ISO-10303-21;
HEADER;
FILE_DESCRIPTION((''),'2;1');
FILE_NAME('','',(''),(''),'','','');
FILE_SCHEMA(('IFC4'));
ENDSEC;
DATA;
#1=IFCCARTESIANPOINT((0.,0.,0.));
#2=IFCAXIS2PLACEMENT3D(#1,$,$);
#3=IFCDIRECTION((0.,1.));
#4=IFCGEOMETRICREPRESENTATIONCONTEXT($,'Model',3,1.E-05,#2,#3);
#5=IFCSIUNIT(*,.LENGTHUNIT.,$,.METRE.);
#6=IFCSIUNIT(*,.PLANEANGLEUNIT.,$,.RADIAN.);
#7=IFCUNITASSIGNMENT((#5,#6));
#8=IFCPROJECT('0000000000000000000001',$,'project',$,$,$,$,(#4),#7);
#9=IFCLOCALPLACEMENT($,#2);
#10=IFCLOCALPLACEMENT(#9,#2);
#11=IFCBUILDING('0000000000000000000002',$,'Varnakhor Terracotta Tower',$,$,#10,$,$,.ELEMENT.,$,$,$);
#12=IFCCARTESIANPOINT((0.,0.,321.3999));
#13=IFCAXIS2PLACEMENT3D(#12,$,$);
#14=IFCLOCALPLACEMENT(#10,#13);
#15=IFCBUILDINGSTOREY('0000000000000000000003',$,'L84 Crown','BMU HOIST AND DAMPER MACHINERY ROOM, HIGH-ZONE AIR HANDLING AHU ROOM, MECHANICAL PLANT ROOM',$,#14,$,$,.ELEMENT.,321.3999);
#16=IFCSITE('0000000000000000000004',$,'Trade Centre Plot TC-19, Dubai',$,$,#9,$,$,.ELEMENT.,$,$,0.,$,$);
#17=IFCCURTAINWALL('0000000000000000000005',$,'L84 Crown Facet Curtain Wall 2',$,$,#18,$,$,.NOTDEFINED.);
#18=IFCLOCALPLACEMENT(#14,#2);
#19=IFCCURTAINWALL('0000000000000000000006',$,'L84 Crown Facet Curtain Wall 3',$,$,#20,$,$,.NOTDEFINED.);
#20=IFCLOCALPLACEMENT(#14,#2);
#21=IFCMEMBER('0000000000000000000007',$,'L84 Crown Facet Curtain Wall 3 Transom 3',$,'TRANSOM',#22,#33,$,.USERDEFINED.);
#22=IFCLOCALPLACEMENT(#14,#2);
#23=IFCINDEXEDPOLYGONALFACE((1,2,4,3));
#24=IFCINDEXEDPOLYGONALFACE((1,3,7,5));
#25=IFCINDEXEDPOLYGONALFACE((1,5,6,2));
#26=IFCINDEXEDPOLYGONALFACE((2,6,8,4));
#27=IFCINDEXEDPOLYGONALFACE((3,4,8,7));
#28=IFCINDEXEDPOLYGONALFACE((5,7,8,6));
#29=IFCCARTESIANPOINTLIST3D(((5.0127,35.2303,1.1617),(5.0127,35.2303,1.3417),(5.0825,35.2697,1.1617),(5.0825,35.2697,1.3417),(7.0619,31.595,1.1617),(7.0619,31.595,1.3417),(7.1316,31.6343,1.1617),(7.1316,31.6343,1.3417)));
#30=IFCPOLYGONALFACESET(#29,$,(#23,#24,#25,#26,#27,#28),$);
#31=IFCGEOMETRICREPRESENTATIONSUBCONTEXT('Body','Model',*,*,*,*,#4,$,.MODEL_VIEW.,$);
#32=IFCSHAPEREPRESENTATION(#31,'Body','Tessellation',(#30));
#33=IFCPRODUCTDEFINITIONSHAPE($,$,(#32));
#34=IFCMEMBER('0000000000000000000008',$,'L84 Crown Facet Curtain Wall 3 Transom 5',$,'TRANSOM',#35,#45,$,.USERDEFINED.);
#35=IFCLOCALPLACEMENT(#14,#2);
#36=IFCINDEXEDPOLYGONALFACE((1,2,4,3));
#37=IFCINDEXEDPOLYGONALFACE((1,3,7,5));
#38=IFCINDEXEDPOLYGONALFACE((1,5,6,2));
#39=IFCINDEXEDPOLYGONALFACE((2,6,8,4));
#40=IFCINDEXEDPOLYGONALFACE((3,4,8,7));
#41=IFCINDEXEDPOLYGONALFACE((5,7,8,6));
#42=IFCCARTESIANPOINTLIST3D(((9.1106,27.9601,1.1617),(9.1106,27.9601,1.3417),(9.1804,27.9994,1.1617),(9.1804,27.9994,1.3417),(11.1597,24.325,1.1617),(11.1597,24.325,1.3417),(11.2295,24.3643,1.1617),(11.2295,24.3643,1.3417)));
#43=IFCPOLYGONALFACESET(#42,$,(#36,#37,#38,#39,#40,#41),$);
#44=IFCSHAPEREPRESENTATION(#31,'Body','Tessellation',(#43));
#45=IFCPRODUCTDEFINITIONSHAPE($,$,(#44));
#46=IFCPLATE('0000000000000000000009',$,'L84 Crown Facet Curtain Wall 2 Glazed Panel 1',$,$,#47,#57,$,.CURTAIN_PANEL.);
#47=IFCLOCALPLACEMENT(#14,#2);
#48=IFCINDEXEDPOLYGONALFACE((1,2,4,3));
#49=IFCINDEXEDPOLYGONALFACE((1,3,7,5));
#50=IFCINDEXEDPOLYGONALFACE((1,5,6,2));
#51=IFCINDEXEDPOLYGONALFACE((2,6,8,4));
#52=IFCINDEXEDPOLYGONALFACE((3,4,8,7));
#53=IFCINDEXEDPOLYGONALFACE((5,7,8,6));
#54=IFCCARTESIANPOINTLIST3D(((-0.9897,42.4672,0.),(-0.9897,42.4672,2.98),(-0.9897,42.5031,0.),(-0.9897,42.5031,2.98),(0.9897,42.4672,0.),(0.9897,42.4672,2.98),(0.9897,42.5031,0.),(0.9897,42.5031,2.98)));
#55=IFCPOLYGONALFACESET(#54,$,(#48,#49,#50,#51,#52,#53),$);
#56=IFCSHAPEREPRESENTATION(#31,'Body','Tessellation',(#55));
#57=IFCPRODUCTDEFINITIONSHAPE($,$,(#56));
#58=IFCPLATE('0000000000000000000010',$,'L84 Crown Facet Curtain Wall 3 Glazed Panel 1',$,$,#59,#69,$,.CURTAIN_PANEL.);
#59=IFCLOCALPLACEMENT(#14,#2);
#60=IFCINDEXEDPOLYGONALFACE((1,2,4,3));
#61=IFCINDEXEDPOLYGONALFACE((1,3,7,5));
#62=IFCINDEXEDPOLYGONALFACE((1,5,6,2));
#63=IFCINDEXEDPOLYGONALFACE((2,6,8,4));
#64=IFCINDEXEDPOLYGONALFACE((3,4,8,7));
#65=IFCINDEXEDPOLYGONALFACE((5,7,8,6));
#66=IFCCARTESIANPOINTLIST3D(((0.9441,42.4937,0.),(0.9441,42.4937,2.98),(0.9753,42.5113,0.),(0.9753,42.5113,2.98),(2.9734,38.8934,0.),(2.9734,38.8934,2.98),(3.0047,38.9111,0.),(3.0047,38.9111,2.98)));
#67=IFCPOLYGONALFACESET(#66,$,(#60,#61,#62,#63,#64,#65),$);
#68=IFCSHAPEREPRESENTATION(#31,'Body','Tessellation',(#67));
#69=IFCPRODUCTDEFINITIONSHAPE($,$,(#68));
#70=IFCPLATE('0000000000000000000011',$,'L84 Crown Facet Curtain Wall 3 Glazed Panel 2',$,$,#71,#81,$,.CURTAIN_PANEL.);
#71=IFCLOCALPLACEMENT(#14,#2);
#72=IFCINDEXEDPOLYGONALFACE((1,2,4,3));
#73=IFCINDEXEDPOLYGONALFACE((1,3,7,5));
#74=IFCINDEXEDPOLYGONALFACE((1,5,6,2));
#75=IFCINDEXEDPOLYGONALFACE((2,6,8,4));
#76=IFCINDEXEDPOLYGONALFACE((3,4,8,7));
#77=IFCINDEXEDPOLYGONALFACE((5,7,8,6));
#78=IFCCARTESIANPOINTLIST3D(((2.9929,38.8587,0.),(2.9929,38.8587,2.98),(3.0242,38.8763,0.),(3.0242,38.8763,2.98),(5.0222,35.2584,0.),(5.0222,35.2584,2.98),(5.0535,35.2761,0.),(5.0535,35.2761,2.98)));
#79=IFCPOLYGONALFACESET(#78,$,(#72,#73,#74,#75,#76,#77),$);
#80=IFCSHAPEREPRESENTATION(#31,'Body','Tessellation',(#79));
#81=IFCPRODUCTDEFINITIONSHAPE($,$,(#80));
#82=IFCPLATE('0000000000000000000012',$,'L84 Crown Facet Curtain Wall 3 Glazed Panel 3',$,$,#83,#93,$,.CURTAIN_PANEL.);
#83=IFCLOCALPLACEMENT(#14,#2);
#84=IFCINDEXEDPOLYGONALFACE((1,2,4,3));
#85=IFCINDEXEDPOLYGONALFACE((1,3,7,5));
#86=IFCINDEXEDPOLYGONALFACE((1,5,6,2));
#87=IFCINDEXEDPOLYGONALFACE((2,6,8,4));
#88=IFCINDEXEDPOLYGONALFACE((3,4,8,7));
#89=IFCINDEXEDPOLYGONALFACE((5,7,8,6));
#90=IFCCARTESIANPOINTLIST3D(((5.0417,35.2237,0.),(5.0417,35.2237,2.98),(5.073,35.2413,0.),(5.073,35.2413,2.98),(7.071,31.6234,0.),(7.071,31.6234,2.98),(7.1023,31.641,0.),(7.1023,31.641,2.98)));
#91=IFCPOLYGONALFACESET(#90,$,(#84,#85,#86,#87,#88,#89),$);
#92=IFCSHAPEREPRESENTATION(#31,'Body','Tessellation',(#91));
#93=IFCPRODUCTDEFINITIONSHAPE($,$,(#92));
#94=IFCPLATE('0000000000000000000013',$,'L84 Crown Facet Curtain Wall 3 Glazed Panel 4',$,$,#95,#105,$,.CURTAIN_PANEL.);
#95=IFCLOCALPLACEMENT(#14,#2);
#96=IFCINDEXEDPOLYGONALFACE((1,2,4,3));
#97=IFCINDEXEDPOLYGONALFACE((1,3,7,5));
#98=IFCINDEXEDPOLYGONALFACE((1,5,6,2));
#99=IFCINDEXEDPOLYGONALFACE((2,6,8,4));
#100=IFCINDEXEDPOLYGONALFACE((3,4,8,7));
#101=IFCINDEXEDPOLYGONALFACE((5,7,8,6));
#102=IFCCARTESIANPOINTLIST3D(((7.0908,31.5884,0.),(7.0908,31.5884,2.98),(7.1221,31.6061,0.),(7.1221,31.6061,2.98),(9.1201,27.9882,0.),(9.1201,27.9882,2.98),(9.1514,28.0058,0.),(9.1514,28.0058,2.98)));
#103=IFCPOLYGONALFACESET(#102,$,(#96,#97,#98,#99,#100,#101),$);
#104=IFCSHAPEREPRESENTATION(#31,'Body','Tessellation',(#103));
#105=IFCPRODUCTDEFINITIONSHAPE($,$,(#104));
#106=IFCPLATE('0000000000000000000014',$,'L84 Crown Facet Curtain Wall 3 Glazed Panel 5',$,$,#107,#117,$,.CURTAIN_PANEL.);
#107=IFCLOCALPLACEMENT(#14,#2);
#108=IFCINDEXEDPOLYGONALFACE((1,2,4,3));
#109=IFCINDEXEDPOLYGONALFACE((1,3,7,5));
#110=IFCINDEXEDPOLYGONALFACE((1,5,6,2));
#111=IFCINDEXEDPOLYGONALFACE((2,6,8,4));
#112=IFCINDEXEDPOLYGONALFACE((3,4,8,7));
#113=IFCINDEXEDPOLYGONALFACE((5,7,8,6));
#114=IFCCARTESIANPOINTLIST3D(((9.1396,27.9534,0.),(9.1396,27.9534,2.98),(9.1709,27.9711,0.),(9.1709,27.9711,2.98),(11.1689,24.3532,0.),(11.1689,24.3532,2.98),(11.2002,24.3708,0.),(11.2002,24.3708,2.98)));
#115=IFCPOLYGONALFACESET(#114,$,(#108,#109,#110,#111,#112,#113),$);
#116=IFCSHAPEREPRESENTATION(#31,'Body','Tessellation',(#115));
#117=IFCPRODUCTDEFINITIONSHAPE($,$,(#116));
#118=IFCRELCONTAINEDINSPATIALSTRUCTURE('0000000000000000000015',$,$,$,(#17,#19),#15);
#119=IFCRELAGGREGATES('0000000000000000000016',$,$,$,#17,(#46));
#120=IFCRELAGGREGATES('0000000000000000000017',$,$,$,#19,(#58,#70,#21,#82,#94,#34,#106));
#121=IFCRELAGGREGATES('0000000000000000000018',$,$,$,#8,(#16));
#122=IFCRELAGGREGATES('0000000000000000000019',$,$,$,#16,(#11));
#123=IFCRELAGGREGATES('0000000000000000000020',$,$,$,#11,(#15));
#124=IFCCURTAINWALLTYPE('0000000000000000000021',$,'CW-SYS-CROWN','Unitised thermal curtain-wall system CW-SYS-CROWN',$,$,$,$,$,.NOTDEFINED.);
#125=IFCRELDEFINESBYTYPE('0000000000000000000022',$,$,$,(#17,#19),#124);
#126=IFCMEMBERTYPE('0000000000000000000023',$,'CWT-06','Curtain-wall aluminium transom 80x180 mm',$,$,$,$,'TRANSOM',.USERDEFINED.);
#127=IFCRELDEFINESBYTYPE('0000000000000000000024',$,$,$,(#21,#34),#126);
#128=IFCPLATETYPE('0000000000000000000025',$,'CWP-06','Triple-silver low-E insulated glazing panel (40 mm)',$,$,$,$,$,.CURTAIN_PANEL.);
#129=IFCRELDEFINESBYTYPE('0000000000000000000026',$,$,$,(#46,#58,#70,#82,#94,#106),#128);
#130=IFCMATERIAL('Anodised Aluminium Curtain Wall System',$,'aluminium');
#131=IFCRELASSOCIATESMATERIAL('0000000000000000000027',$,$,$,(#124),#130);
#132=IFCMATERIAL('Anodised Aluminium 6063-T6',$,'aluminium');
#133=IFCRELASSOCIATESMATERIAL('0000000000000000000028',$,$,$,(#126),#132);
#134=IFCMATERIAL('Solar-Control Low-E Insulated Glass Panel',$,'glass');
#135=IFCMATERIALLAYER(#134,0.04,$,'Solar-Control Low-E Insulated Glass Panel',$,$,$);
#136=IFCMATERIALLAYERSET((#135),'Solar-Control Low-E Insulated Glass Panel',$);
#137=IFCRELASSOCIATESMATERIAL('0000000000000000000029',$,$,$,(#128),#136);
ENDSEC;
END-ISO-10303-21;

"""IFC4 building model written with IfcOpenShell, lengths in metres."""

from ifc_helpers import new_model, si_unit, direction, frame, origin, origin_2d, place, context, subcontext, project, spatial, rectangle, extrude, source, transform, mapped, material, layer, layer_set, material_profile, profile_set, type_object, element, aggregate, save


model = new_model("IFC4")

# Units and contexts
model_context = context("Model", 3, precision=1e-05, world=origin(), true_north=direction((0.0, 1.0)))
body_context = subcontext(model_context, "Body", "Model", "MODEL_VIEW")
ifc_project = project(units=[si_unit("LENGTHUNIT", "METRE"), si_unit("PLANEANGLEUNIT", "RADIAN")], contexts=[model_context])

# Site, building, storey
site_placement = place(None, origin())
site = spatial("IfcSite", under=ifc_project, at=site_placement, Name="Trade Centre Plot TC-19, Dubai", CompositionType="ELEMENT", RefElevation=0.0)
building_placement = place(site_placement, origin())
building = spatial("IfcBuilding", under=site, at=building_placement, Name="Varnakhor Terracotta Tower", CompositionType="ELEMENT")
storey_placement = place(building_placement, frame((0.0, 0.0, 321.3999)))
storey = spatial("IfcBuildingStorey", under=building, at=storey_placement, Name="L84 Crown", Description="BMU HOIST AND DAMPER MACHINERY ROOM, HIGH-ZONE AIR HANDLING AHU ROOM, MECHANICAL PLANT ROOM", CompositionType="ELEMENT", Elevation=321.3999)

# Curtain wall
ifc_material_1 = material(Name="Anodised Aluminium Curtain Wall System", Category="aluminium")
curtain_wall_type = type_object("IfcCurtainWallType", Name="CW-SYS-CROWN", Description="Unitised thermal curtain-wall system CW-SYS-CROWN", PredefinedType="NOTDEFINED", material=ifc_material_1)
curtain_wall_1_placement = place(storey_placement, origin())
curtain_wall_1 = element("IfcCurtainWall", 1, at=curtain_wall_1_placement, inside=storey, type_object=curtain_wall_type, Name="L84 Crown Facet Curtain Wall 2", PredefinedType="NOTDEFINED")
ifc_material_2 = material(Name="Anodised Aluminium 6063-T6", Category="aluminium")

# Curtain wall
curtain_wall_2_placement = place(storey_placement, origin())
curtain_wall_2 = element("IfcCurtainWall", 2, at=curtain_wall_2_placement, inside=storey, type_object=curtain_wall_type, Name="L84 Crown Facet Curtain Wall 3", PredefinedType="NOTDEFINED")

# Members
ifc_material_profile_1 = material_profile(ifc_material_2, rectangle(XDim=0.0801, YDim=0.1799, at=origin_2d()), Name="ALU TRANSOM 80x180")
ifc_profile_set_1 = profile_set([ifc_material_profile_1], Name="Anodised Aluminium 6063-T6")
member_type_1 = type_object("IfcMemberType", Name="CWT-06", Description="Curtain-wall aluminium transom 80x180 mm", ElementType="TRANSOM", PredefinedType="USERDEFINED", material=ifc_profile_set_1)
shared_shape_1 = source(origin(), body_context, "Body", "SweptSolid", [
    extrude(rectangle(XDim=0.0801, YDim=0.1799, at=origin_2d()), origin(), (0.0, 0.0, 1.0), 4.1731),
])
member_1_placement = place(storey_placement, frame((5.0476, 35.25, 1.2517), z_axis=(0.491033, -0.871141, 0.0), x_axis=(0.871141, 0.491033, 0.0)))
member_1 = element("IfcMember", 3, at=member_1_placement, type_object=member_type_1, Name="L84 Crown Facet Curtain Wall 3 Transom 3", ObjectType="TRANSOM", PredefinedType="USERDEFINED", context=body_context, shape_type="MappedRepresentation", body=[
    mapped(shared_shape_1, transform((0.0, 0.0, 0.0), scale=1.0)),
])
shared_shape_2 = source(origin(), body_context, "Body", "SweptSolid", [
    extrude(rectangle(XDim=0.0801, YDim=0.1799, at=origin_2d()), origin(), (0.0, 0.0, 1.0), 4.1729),
])
member_2_placement = place(storey_placement, frame((9.1455, 27.9797, 1.2517), z_axis=(0.491058, -0.871127, 0.0), x_axis=(0.871127, 0.491058, 0.0)))
member_2 = element("IfcMember", 4, at=member_2_placement, type_object=member_type_1, Name="L84 Crown Facet Curtain Wall 3 Transom 5", ObjectType="TRANSOM", PredefinedType="USERDEFINED", context=body_context, shape_type="MappedRepresentation", body=[
    mapped(shared_shape_2, transform((0.0, 0.0, 0.0), scale=1.0)),
])

# Plates
ifc_material_3 = material(Name="Solar-Control Low-E Insulated Glass Panel", Category="glass")
ifc_layer = layer(ifc_material_3, 0.04, Name="Solar-Control Low-E Insulated Glass Panel")
ifc_layer_set = layer_set([ifc_layer], Name="Solar-Control Low-E Insulated Glass Panel")
plate_type = type_object("IfcPlateType", Name="CWP-06", Description="Triple-silver low-E insulated glazing panel (40 mm)", PredefinedType="CURTAIN_PANEL", material=ifc_layer_set)
shared_shape_3 = source(origin(), body_context, "Body", "SweptSolid", [
    extrude(rectangle(XDim=1.9795, YDim=0.0359, at=origin_2d()), origin(), (0.0, 0.0, 1.0), 2.98),
])
plate_1_placement = place(storey_placement, frame((0.0, 42.4851, 0.0), z_axis=(0.0, 0.0, 1.0), x_axis=(1.0, 0.0, 0.0)))
plate_1 = element("IfcPlate", 5, at=plate_1_placement, type_object=plate_type, Name="L84 Crown Facet Curtain Wall 2 Glazed Panel 1", PredefinedType="CURTAIN_PANEL", context=body_context, shape_type="MappedRepresentation", body=[
    mapped(shared_shape_3, transform((0.0, 0.0, 0.0), scale=1.0)),
])
aggregate(curtain_wall_1, [plate_1])
shared_shape_4 = source(origin(), body_context, "Body", "SweptSolid", [
    extrude(rectangle(XDim=4.1328, YDim=0.0359, at=origin_2d()), origin(), (0.0, 0.0, 1.0), 2.98),
])
plate_2_placement = place(storey_placement, frame((1.9744, 40.7024, 0.0), z_axis=(0.0, 0.0, 1.0), x_axis=(0.491025, -0.871145, 0.0)))
plate_2 = element("IfcPlate", 6, at=plate_2_placement, type_object=plate_type, Name="L84 Crown Facet Curtain Wall 3 Glazed Panel 1", PredefinedType="CURTAIN_PANEL", context=body_context, shape_type="MappedRepresentation", body=[
    mapped(shared_shape_4, transform((0.0, 0.0, 0.0), scale=1.0)),
])
plate_3_placement = place(storey_placement, frame((4.0232, 37.0674, 0.0), z_axis=(0.0, 0.0, 1.0), x_axis=(0.491025, -0.871145, 0.0)))
plate_3 = element("IfcPlate", 7, at=plate_3_placement, type_object=plate_type, Name="L84 Crown Facet Curtain Wall 3 Glazed Panel 2", PredefinedType="CURTAIN_PANEL", context=body_context, shape_type="MappedRepresentation", body=[
    mapped(shared_shape_4, transform((0.0, 0.0, 0.0), scale=1.0)),
])
plate_4_placement = place(storey_placement, frame((6.072, 33.4324, 0.0), z_axis=(0.0, 0.0, 1.0), x_axis=(0.491025, -0.871145, 0.0)))
plate_4 = element("IfcPlate", 8, at=plate_4_placement, type_object=plate_type, Name="L84 Crown Facet Curtain Wall 3 Glazed Panel 3", PredefinedType="CURTAIN_PANEL", context=body_context, shape_type="MappedRepresentation", body=[
    mapped(shared_shape_4, transform((0.0, 0.0, 0.0), scale=1.0)),
])
plate_5_placement = place(storey_placement, frame((8.1211, 29.7971, 0.0), z_axis=(0.0, 0.0, 1.0), x_axis=(0.491025, -0.871145, 0.0)))
plate_5 = element("IfcPlate", 9, at=plate_5_placement, type_object=plate_type, Name="L84 Crown Facet Curtain Wall 3 Glazed Panel 4", PredefinedType="CURTAIN_PANEL", context=body_context, shape_type="MappedRepresentation", body=[
    mapped(shared_shape_4, transform((0.0, 0.0, 0.0), scale=1.0)),
])
plate_6_placement = place(storey_placement, frame((10.1699, 26.1621, 0.0), z_axis=(0.0, 0.0, 1.0), x_axis=(0.491025, -0.871145, 0.0)))
plate_6 = element("IfcPlate", 10, at=plate_6_placement, type_object=plate_type, Name="L84 Crown Facet Curtain Wall 3 Glazed Panel 5", PredefinedType="CURTAIN_PANEL", context=body_context, shape_type="MappedRepresentation", body=[
    mapped(shared_shape_4, transform((0.0, 0.0, 0.0), scale=1.0)),
])
aggregate(curtain_wall_2, [plate_2, plate_3, member_1, plate_4, plate_5, member_2, plate_6])

save(model, "model.ifc")
